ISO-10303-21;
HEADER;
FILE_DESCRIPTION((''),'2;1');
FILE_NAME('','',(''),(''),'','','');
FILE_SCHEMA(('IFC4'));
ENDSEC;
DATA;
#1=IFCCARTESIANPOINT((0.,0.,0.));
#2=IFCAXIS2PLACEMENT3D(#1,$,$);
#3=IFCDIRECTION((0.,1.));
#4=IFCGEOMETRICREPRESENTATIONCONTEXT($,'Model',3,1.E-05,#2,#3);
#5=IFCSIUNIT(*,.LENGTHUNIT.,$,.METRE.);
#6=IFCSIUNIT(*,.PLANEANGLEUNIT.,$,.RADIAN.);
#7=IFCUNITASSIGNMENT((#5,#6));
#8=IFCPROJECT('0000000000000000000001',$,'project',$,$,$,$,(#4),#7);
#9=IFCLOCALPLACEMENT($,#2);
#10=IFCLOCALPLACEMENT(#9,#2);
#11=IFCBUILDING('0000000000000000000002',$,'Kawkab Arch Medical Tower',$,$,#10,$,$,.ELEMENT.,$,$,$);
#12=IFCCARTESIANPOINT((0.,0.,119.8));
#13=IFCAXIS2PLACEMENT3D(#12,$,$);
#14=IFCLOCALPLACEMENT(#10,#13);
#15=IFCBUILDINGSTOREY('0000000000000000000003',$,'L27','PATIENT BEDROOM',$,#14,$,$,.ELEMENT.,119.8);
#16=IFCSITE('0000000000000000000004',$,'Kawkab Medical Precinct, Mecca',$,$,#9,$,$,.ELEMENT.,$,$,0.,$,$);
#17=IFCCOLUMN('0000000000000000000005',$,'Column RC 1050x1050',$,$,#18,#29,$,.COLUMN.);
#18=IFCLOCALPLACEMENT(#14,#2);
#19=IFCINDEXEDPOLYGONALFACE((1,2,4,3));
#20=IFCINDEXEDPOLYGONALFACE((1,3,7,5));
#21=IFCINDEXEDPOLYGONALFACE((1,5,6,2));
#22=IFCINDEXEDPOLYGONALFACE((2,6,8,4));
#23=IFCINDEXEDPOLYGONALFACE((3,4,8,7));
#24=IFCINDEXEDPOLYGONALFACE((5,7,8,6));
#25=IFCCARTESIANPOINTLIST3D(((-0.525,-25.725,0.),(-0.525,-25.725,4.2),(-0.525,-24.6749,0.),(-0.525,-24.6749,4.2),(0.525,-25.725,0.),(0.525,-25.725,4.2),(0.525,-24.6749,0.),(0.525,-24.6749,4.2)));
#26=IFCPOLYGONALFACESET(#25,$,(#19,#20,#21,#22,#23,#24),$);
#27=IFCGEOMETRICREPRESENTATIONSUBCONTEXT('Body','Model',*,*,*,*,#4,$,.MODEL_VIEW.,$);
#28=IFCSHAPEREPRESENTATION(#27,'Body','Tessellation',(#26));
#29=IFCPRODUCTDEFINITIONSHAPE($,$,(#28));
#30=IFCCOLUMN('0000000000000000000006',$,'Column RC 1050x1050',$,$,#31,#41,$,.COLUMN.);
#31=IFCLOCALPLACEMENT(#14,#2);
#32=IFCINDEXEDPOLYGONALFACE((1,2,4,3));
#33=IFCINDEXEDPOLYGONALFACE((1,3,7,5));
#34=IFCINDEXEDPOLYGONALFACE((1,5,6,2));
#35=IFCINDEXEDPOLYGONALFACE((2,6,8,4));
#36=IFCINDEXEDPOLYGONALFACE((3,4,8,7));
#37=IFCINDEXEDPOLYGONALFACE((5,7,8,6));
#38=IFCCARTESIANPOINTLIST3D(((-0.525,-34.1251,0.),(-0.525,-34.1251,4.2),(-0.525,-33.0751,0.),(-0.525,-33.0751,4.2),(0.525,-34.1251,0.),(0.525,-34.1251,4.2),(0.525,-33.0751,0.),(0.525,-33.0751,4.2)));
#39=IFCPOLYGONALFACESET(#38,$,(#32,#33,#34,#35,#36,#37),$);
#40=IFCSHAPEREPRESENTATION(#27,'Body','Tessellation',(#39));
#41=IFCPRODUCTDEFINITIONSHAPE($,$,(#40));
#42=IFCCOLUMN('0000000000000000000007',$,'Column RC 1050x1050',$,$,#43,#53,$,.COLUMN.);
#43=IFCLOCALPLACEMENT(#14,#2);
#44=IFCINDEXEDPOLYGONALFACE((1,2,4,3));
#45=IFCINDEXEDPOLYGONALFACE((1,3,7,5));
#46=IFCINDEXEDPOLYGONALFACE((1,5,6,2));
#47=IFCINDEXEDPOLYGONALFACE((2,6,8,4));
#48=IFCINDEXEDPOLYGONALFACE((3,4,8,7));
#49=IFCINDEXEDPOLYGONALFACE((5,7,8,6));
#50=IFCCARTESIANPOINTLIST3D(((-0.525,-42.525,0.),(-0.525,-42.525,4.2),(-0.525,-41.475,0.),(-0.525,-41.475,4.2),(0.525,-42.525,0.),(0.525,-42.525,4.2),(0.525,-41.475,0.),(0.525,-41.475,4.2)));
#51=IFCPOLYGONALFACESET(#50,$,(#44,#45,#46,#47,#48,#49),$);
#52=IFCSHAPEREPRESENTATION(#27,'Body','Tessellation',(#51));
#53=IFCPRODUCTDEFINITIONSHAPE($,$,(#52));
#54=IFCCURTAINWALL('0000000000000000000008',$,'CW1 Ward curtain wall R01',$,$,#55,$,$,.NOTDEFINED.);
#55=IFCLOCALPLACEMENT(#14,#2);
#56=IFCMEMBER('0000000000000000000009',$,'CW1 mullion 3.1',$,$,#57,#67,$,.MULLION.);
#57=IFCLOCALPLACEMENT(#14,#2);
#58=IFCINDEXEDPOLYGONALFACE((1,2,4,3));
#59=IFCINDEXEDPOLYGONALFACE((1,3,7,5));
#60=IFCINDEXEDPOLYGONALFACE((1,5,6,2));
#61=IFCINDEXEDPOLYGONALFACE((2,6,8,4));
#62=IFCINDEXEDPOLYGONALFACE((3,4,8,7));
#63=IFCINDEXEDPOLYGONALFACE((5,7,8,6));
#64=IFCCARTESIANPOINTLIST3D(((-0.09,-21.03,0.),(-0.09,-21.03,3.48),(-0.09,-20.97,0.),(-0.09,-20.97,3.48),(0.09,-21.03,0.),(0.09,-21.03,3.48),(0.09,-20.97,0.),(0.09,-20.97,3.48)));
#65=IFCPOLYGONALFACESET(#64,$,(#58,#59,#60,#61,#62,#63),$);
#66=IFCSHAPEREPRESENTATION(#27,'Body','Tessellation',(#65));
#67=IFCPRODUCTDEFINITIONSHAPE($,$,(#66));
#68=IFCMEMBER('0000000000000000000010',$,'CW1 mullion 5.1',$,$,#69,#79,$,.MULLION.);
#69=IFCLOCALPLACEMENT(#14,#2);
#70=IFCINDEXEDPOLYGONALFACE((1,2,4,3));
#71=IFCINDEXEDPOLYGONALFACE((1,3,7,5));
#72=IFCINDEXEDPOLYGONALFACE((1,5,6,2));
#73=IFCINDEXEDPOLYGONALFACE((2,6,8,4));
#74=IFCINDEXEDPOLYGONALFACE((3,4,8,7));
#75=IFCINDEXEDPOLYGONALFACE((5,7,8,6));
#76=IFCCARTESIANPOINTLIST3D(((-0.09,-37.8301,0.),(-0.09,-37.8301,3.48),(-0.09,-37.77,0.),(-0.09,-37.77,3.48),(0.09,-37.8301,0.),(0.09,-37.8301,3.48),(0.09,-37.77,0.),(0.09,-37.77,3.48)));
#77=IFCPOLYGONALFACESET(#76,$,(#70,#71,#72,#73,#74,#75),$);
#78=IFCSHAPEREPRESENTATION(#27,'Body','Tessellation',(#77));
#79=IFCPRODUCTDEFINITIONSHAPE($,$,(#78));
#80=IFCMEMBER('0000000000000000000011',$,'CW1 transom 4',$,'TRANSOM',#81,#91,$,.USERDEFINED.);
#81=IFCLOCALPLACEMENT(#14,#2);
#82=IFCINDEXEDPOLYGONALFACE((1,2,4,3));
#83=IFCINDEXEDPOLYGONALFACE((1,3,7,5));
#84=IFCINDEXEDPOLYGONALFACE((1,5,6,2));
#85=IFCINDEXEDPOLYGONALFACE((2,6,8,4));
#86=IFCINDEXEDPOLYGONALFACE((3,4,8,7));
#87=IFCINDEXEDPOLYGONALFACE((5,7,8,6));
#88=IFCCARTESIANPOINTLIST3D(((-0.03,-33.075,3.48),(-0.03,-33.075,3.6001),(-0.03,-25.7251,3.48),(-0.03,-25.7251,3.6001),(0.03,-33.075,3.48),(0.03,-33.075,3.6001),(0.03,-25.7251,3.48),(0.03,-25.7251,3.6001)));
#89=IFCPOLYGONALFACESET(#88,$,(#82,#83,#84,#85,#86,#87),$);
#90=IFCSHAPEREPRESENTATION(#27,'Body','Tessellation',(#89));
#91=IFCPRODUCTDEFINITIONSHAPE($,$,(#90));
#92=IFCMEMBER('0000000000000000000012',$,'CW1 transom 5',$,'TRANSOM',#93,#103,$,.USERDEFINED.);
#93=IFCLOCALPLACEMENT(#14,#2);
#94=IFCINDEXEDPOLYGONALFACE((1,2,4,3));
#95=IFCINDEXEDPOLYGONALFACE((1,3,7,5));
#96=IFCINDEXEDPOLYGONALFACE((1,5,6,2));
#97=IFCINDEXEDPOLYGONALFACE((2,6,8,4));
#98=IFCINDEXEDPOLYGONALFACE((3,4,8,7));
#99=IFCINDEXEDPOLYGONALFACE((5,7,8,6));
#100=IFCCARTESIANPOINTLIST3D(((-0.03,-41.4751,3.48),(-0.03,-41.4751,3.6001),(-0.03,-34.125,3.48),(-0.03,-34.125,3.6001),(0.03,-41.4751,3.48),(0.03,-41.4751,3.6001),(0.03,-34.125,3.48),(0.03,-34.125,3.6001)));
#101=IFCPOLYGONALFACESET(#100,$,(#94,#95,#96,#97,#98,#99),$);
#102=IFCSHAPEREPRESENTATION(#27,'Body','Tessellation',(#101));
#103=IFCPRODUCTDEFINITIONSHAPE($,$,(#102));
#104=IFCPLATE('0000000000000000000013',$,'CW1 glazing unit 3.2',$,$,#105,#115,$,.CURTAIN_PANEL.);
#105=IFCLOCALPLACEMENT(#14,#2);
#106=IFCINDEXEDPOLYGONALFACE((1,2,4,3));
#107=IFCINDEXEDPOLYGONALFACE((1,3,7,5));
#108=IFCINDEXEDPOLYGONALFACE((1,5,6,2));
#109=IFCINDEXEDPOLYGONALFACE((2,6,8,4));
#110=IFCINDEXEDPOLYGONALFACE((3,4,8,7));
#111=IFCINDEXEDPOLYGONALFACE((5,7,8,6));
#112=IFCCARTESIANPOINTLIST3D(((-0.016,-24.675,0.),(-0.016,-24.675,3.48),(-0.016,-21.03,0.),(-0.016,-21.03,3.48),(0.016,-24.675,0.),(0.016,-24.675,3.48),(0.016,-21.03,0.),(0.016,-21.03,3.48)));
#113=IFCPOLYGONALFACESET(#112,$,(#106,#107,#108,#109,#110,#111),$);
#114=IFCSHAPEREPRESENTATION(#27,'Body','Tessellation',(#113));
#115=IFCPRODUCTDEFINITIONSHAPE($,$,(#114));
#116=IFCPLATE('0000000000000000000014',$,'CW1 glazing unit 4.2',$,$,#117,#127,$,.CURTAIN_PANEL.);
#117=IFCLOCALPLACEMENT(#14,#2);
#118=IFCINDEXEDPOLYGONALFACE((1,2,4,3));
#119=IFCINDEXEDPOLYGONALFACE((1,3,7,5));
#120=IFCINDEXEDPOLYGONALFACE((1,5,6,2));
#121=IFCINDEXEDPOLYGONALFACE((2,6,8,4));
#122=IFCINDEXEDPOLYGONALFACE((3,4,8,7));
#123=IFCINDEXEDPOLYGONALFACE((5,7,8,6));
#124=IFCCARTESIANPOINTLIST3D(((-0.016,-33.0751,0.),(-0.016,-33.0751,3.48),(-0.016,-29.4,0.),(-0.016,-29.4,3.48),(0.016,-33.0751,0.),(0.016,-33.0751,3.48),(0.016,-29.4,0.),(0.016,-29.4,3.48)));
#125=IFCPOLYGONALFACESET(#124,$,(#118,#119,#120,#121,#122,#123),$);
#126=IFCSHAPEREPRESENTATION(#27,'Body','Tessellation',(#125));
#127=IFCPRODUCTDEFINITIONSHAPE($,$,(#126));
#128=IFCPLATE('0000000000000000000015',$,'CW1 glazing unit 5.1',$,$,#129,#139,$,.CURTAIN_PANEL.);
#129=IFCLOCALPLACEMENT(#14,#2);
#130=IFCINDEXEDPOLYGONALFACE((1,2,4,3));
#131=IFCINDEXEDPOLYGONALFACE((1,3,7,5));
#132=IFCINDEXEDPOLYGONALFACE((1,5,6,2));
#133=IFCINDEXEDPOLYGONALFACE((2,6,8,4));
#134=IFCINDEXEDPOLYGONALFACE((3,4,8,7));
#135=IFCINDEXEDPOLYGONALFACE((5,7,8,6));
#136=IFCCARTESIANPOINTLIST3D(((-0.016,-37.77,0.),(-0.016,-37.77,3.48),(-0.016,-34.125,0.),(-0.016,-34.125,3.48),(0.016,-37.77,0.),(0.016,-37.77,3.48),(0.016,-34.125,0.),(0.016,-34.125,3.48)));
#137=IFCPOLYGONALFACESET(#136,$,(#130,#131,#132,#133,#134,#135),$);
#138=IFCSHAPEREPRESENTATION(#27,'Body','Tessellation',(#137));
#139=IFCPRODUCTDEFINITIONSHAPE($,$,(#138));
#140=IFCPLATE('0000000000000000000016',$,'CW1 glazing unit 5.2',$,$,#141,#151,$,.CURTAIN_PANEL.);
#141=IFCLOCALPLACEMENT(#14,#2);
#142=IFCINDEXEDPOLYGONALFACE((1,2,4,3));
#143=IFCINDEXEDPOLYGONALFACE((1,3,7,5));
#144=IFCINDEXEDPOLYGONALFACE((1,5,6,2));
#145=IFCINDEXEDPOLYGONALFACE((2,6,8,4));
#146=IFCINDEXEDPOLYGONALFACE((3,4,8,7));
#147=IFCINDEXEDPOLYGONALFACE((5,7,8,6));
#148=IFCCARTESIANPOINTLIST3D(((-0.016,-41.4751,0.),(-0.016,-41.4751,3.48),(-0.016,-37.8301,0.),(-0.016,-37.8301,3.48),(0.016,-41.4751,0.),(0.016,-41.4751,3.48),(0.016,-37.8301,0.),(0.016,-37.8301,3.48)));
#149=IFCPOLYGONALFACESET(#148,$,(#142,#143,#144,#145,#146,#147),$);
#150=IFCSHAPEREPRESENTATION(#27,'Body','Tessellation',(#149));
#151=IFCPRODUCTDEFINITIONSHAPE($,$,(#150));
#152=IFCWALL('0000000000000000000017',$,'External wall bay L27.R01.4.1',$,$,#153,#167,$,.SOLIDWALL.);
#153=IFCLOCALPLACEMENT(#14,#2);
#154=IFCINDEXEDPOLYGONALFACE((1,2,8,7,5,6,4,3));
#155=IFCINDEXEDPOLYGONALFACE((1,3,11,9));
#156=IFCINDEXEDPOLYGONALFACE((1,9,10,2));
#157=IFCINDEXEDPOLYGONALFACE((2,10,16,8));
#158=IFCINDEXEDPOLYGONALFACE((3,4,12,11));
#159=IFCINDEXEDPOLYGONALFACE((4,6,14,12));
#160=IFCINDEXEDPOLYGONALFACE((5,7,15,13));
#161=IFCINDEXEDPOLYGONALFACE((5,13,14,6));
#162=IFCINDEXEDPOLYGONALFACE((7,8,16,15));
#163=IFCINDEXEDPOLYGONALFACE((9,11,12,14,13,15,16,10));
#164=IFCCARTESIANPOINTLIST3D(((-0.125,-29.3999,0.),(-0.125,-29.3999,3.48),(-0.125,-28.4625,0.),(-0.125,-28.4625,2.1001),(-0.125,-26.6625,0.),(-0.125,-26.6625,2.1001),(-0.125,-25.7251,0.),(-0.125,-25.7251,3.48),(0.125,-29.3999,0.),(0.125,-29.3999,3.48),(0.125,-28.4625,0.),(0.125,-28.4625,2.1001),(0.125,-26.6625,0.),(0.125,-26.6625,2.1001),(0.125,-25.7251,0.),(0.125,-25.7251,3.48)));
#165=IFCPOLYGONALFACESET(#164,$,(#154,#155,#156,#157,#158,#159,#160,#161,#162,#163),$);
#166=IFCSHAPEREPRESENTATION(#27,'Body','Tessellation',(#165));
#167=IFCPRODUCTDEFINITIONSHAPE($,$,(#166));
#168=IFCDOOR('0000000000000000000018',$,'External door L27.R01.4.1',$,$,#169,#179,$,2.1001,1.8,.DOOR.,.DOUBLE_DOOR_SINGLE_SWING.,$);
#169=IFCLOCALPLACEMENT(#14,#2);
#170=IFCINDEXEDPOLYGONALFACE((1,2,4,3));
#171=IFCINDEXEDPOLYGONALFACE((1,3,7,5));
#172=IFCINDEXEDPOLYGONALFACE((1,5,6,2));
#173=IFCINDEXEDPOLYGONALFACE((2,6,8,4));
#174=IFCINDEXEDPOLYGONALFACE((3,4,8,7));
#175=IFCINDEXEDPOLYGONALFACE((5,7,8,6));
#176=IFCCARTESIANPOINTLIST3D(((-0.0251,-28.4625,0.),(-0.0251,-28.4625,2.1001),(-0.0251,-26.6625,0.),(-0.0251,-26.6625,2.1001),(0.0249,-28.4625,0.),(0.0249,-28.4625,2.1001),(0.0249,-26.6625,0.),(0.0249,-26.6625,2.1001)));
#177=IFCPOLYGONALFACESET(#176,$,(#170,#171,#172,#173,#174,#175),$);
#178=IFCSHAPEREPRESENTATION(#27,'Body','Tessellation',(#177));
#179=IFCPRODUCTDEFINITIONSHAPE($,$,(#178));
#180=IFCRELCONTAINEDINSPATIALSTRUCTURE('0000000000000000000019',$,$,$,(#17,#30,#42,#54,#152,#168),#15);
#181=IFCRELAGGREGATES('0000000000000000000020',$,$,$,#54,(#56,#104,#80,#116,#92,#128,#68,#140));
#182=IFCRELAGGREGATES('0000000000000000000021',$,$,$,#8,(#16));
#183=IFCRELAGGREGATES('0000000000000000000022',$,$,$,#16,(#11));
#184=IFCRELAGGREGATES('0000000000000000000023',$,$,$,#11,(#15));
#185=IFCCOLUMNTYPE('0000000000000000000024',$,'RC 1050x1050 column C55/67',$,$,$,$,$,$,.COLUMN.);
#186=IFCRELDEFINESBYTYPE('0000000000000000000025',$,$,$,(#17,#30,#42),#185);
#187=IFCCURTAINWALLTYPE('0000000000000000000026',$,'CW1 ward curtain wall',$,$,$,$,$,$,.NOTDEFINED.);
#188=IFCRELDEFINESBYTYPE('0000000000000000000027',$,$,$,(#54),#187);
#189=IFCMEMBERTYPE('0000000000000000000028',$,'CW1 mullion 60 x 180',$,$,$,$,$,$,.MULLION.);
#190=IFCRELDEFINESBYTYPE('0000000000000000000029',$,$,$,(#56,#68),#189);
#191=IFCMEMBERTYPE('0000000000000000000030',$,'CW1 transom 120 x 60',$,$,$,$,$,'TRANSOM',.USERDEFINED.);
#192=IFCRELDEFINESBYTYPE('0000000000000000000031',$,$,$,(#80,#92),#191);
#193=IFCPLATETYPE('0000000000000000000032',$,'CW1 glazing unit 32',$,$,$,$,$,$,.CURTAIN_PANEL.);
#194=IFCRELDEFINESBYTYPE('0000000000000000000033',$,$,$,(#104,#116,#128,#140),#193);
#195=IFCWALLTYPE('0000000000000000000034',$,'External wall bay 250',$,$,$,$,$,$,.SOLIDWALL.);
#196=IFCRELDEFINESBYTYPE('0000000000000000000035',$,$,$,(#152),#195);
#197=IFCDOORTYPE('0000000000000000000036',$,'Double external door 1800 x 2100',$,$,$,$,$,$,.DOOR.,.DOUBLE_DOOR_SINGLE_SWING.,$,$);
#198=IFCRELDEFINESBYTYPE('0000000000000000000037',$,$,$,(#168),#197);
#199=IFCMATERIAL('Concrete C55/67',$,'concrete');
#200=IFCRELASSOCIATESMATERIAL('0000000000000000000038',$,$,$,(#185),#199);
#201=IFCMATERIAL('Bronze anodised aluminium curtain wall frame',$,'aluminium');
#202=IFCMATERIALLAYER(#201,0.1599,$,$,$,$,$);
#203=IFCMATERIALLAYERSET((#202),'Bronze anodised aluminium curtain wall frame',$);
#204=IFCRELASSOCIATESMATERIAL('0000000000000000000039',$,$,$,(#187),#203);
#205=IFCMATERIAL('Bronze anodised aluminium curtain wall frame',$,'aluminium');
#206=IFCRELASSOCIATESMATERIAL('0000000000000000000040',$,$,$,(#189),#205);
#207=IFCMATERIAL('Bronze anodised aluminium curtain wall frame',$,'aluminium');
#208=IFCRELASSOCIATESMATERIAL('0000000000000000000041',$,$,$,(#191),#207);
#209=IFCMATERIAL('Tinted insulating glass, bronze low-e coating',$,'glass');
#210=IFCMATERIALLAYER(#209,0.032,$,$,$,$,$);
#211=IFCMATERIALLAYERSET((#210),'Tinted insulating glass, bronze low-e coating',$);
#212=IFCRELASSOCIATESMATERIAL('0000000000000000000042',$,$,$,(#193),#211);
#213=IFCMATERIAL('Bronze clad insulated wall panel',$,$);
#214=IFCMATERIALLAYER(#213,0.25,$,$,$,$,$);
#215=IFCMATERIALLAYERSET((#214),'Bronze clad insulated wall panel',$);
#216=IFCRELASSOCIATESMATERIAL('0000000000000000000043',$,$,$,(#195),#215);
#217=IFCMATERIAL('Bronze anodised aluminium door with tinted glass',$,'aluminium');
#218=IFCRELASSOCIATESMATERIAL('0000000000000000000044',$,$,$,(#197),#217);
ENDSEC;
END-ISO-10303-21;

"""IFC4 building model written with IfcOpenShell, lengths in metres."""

from ifc_helpers import new_model, si_unit, direction, frame, frame_2d, origin, origin_2d, place, context, subcontext, project, spatial, rectangle, extrude, material, layer, layer_set, material_profile, profile_set, type_object, element, fill, aggregate, save


model = new_model("IFC4")

# Units and contexts
model_context = context("Model", 3, precision=1e-05, world=origin(), true_north=direction((0.0, 1.0)))
body_context = subcontext(model_context, "Body", "Model", "MODEL_VIEW")
ifc_project = project(units=[si_unit("LENGTHUNIT", "METRE"), si_unit("PLANEANGLEUNIT", "RADIAN")], contexts=[model_context])

# Site, building, storey
site_placement = place(None, origin())
site = spatial("IfcSite", under=ifc_project, at=site_placement, Name="Kawkab Medical Precinct, Mecca", CompositionType="ELEMENT", RefElevation=0.0)
building_placement = place(site_placement, origin())
building = spatial("IfcBuilding", under=site, at=building_placement, Name="Kawkab Arch Medical Tower", CompositionType="ELEMENT")
storey_placement = place(building_placement, frame((0.0, 0.0, 119.8)))
storey = spatial("IfcBuildingStorey", under=building, at=storey_placement, Name="L27", Description="PATIENT BEDROOM", CompositionType="ELEMENT", Elevation=119.8)

# Columns
ifc_material_1 = material(Name="Concrete C55/67", Category="concrete")
ifc_material_profile_1 = material_profile(ifc_material_1, rectangle(XDim=1.05, YDim=1.05, at=origin_2d()), Name="RC 1050x1050")
ifc_profile_set_1 = profile_set([ifc_material_profile_1], Name="Concrete C55/67")
column_type = type_object("IfcColumnType", Name="RC 1050x1050 column C55/67", PredefinedType="COLUMN", material=ifc_profile_set_1)
for number, where, z_axis, x_axis, name in (
    (1, (0.0, -25.2, 0.0), (0.0, 0.0, 1.0), (1.0, 0.0, 0.0), "Column RC 1050x1050"),
    (2, (0.0, -33.6001, 0.0), (0.0, 0.0, 1.0), (1.0, 0.0, 0.0), "Column RC 1050x1050"),
    (3, (0.0, -42.0, 0.0), (0.0, 0.0, 1.0), (1.0, 0.0, 0.0), "Column RC 1050x1050"),
):
    element("IfcColumn", number, at=place(storey_placement, frame(where, z_axis=z_axis, x_axis=x_axis)), inside=storey, type_object=column_type, Name=name, PredefinedType="COLUMN", context=body_context, shape_type="SweptSolid", body=[
        extrude(rectangle(XDim=1.05, YDim=1.05, at=origin_2d()), origin(), (0.0, 0.0, 1.0), 4.2),
    ])

# Curtain wall, members, plates
ifc_material_2 = material(Name="Bronze anodised aluminium curtain wall frame", Category="aluminium")
ifc_layer_1 = layer(ifc_material_2, 0.1599)
ifc_layer_set_1 = layer_set([ifc_layer_1], Name="Bronze anodised aluminium curtain wall frame")
curtain_wall_type = type_object("IfcCurtainWallType", Name="CW1 ward curtain wall", PredefinedType="NOTDEFINED", material=ifc_layer_set_1)
placement = place(storey_placement, origin())
curtain_wall = element("IfcCurtainWall", 4, at=placement, inside=storey, type_object=curtain_wall_type, Name="CW1 Ward curtain wall R01", PredefinedType="NOTDEFINED")
ifc_material_3 = material(Name="Bronze anodised aluminium curtain wall frame", Category="aluminium")
ifc_material_profile_2 = material_profile(ifc_material_3, rectangle(XDim=0.1799, YDim=0.0601, at=origin_2d()), Name="AL 60x180")
ifc_profile_set_2 = profile_set([ifc_material_profile_2], Name="Bronze anodised aluminium curtain wall frame")
member_type_1 = type_object("IfcMemberType", Name="CW1 mullion 60 x 180", PredefinedType="MULLION", material=ifc_profile_set_2)
member_1_placement = place(storey_placement, frame((0.0, -21.0, 0.0), z_axis=(0.0, 0.0, 1.0), x_axis=(1.0, 0.0, 0.0)))
member_1 = element("IfcMember", 5, at=member_1_placement, type_object=member_type_1, Name="CW1 mullion 3.1", PredefinedType="MULLION", context=body_context, shape_type="SweptSolid", body=[
    extrude(rectangle(XDim=0.1799, YDim=0.0601, at=origin_2d()), origin(), (0.0, 0.0, 1.0), 3.48),
])
member_2_placement = place(storey_placement, frame((0.0, -37.8, 0.0), z_axis=(0.0, 0.0, 1.0), x_axis=(1.0, 0.0, 0.0)))
member_2 = element("IfcMember", 6, at=member_2_placement, type_object=member_type_1, Name="CW1 mullion 5.1", PredefinedType="MULLION", context=body_context, shape_type="SweptSolid", body=[
    extrude(rectangle(XDim=0.1799, YDim=0.0601, at=origin_2d()), origin(), (0.0, 0.0, 1.0), 3.48),
])
ifc_material_4 = material(Name="Bronze anodised aluminium curtain wall frame", Category="aluminium")
ifc_material_profile_3 = material_profile(ifc_material_4, rectangle(XDim=0.0601, YDim=0.1201, at=origin_2d()), Name="AL 60x120")
ifc_profile_set_3 = profile_set([ifc_material_profile_3], Name="Bronze anodised aluminium curtain wall frame")
member_type_2 = type_object("IfcMemberType", Name="CW1 transom 120 x 60", ElementType="TRANSOM", PredefinedType="USERDEFINED", material=ifc_profile_set_3)
member_3_placement = place(storey_placement, frame((0.0, -25.7251, 3.54), z_axis=(0.0, -1.0, 0.0), x_axis=(1.0, 0.0, 0.0)))
member_3 = element("IfcMember", 7, at=member_3_placement, type_object=member_type_2, Name="CW1 transom 4", ObjectType="TRANSOM", PredefinedType="USERDEFINED", context=body_context, shape_type="SweptSolid", body=[
    extrude(rectangle(XDim=0.0601, YDim=0.1201, at=origin_2d()), origin(), (0.0, 0.0, 1.0), 7.3499),
])
member_4_placement = place(storey_placement, frame((0.0, -34.125, 3.54), z_axis=(0.0, -1.0, 0.0), x_axis=(1.0, 0.0, 0.0)))
member_4 = element("IfcMember", 8, at=member_4_placement, type_object=member_type_2, Name="CW1 transom 5", ObjectType="TRANSOM", PredefinedType="USERDEFINED", context=body_context, shape_type="SweptSolid", body=[
    extrude(rectangle(XDim=0.0601, YDim=0.1201, at=origin_2d()), origin(), (0.0, 0.0, 1.0), 7.3501),
])
ifc_material_5 = material(Name="Tinted insulating glass, bronze low-e coating", Category="glass")
ifc_layer_2 = layer(ifc_material_5, 0.032)
ifc_layer_set_2 = layer_set([ifc_layer_2], Name="Tinted insulating glass, bronze low-e coating")
plate_type = type_object("IfcPlateType", Name="CW1 glazing unit 32", PredefinedType="CURTAIN_PANEL", material=ifc_layer_set_2)
plate_1_placement = place(storey_placement, frame((0.0, -22.8525, 0.0), z_axis=(0.0, 0.0, 1.0), x_axis=(0.0, -1.0, 0.0)))
plate_1 = element("IfcPlate", 9, at=plate_1_placement, type_object=plate_type, Name="CW1 glazing unit 3.2", PredefinedType="CURTAIN_PANEL", context=body_context, shape_type="SweptSolid", body=[
    extrude(rectangle(XDim=3.645, YDim=0.032, at=origin_2d()), origin(), (0.0, 0.0, 1.0), 3.48),
])
plate_2_placement = place(storey_placement, frame((0.0, -31.2375, 0.0), z_axis=(0.0, 0.0, 1.0), x_axis=(0.0, -1.0, 0.0)))
plate_2 = element("IfcPlate", 10, at=plate_2_placement, type_object=plate_type, Name="CW1 glazing unit 4.2", PredefinedType="CURTAIN_PANEL", context=body_context, shape_type="SweptSolid", body=[
    extrude(rectangle(XDim=3.675, YDim=0.032, at=origin_2d()), origin(), (0.0, 0.0, 1.0), 3.48),
])
plate_3_placement = place(storey_placement, frame((0.0, -35.9475, 0.0), z_axis=(0.0, 0.0, 1.0), x_axis=(0.0, -1.0, 0.0)))
plate_3 = element("IfcPlate", 11, at=plate_3_placement, type_object=plate_type, Name="CW1 glazing unit 5.1", PredefinedType="CURTAIN_PANEL", context=body_context, shape_type="SweptSolid", body=[
    extrude(rectangle(XDim=3.645, YDim=0.032, at=origin_2d()), origin(), (0.0, 0.0, 1.0), 3.48),
])
plate_4_placement = place(storey_placement, frame((0.0, -39.6526, 0.0), z_axis=(0.0, 0.0, 1.0), x_axis=(0.0, -1.0, 0.0)))
plate_4 = element("IfcPlate", 12, at=plate_4_placement, type_object=plate_type, Name="CW1 glazing unit 5.2", PredefinedType="CURTAIN_PANEL", context=body_context, shape_type="SweptSolid", body=[
    extrude(rectangle(XDim=3.645, YDim=0.032, at=origin_2d()), origin(), (0.0, 0.0, 1.0), 3.48),
])
aggregate(curtain_wall, [member_1, plate_1, member_3, plate_2, member_4, plate_3, member_2, plate_4])

# Wall, opening, door
ifc_material_6 = material(Name="Bronze clad insulated wall panel")
ifc_layer_3 = layer(ifc_material_6, 0.25)
ifc_layer_set_3 = layer_set([ifc_layer_3], Name="Bronze clad insulated wall panel")
wall_type_1 = type_object("IfcWallType", Name="External wall bay 250", PredefinedType="SOLIDWALL", material=ifc_layer_set_3)
wall_1_placement = place(storey_placement, frame((0.0, -25.7251, 0.0), z_axis=(0.0, 0.0, 1.0), x_axis=(0.0, -1.0, 0.0)))
wall_1 = element("IfcWall", 13, at=wall_1_placement, inside=storey, type_object=wall_type_1, Name="External wall bay L27.R01.4.1", PredefinedType="SOLIDWALL", context=body_context, shape_type="SweptSolid", body=[
    extrude(rectangle(XDim=3.6748, YDim=0.25, at=frame_2d((1.8374, 0.0))), origin(), (0.0, 0.0, 1.0), 3.48),
])
opening_1_placement = place(wall_1_placement, frame((0.9375, 0.0, 0.0)))
opening_1 = element("IfcOpeningElement", 14, at=opening_1_placement, cuts=wall_1, PredefinedType="OPENING", context=body_context, shape_type="SweptSolid", body=[
    extrude(rectangle(XDim=1.8, YDim=2.1001, at=frame_2d((0.8999, 1.05))), frame((0.0, 0.135, 0.0), z_axis=(0.0, -1.0, 0.0), x_axis=(1.0, 0.0, 0.0)), (0.0, 0.0, 1.0), 0.27),
])
ifc_material_7 = material(Name="Bronze anodised aluminium door with tinted glass", Category="aluminium")
door_type_1 = type_object("IfcDoorType", Name="Double external door 1800 x 2100", OperationType="DOUBLE_DOOR_SINGLE_SWING", PredefinedType="DOOR", material=ifc_material_7)
door_1_placement = place(opening_1_placement, origin())
door_1 = element("IfcDoor", 15, at=door_1_placement, inside=storey, type_object=door_type_1, Name="External door L27.R01.4.1", OperationType="DOUBLE_DOOR_SINGLE_SWING", OverallHeight=2.1001, OverallWidth=1.8, PredefinedType="DOOR", context=body_context, shape_type="SweptSolid", body=[
    extrude(rectangle(XDim=1.8, YDim=2.1001, at=frame_2d((0.8999, 1.05))), frame((0.0, 0.0249, 0.0), z_axis=(0.0, -1.0, 0.0), x_axis=(1.0, 0.0, 0.0)), (0.0, 0.0, 1.0), 0.05),
])
fill(opening_1, door_1)

save(model, "model.ifc")
